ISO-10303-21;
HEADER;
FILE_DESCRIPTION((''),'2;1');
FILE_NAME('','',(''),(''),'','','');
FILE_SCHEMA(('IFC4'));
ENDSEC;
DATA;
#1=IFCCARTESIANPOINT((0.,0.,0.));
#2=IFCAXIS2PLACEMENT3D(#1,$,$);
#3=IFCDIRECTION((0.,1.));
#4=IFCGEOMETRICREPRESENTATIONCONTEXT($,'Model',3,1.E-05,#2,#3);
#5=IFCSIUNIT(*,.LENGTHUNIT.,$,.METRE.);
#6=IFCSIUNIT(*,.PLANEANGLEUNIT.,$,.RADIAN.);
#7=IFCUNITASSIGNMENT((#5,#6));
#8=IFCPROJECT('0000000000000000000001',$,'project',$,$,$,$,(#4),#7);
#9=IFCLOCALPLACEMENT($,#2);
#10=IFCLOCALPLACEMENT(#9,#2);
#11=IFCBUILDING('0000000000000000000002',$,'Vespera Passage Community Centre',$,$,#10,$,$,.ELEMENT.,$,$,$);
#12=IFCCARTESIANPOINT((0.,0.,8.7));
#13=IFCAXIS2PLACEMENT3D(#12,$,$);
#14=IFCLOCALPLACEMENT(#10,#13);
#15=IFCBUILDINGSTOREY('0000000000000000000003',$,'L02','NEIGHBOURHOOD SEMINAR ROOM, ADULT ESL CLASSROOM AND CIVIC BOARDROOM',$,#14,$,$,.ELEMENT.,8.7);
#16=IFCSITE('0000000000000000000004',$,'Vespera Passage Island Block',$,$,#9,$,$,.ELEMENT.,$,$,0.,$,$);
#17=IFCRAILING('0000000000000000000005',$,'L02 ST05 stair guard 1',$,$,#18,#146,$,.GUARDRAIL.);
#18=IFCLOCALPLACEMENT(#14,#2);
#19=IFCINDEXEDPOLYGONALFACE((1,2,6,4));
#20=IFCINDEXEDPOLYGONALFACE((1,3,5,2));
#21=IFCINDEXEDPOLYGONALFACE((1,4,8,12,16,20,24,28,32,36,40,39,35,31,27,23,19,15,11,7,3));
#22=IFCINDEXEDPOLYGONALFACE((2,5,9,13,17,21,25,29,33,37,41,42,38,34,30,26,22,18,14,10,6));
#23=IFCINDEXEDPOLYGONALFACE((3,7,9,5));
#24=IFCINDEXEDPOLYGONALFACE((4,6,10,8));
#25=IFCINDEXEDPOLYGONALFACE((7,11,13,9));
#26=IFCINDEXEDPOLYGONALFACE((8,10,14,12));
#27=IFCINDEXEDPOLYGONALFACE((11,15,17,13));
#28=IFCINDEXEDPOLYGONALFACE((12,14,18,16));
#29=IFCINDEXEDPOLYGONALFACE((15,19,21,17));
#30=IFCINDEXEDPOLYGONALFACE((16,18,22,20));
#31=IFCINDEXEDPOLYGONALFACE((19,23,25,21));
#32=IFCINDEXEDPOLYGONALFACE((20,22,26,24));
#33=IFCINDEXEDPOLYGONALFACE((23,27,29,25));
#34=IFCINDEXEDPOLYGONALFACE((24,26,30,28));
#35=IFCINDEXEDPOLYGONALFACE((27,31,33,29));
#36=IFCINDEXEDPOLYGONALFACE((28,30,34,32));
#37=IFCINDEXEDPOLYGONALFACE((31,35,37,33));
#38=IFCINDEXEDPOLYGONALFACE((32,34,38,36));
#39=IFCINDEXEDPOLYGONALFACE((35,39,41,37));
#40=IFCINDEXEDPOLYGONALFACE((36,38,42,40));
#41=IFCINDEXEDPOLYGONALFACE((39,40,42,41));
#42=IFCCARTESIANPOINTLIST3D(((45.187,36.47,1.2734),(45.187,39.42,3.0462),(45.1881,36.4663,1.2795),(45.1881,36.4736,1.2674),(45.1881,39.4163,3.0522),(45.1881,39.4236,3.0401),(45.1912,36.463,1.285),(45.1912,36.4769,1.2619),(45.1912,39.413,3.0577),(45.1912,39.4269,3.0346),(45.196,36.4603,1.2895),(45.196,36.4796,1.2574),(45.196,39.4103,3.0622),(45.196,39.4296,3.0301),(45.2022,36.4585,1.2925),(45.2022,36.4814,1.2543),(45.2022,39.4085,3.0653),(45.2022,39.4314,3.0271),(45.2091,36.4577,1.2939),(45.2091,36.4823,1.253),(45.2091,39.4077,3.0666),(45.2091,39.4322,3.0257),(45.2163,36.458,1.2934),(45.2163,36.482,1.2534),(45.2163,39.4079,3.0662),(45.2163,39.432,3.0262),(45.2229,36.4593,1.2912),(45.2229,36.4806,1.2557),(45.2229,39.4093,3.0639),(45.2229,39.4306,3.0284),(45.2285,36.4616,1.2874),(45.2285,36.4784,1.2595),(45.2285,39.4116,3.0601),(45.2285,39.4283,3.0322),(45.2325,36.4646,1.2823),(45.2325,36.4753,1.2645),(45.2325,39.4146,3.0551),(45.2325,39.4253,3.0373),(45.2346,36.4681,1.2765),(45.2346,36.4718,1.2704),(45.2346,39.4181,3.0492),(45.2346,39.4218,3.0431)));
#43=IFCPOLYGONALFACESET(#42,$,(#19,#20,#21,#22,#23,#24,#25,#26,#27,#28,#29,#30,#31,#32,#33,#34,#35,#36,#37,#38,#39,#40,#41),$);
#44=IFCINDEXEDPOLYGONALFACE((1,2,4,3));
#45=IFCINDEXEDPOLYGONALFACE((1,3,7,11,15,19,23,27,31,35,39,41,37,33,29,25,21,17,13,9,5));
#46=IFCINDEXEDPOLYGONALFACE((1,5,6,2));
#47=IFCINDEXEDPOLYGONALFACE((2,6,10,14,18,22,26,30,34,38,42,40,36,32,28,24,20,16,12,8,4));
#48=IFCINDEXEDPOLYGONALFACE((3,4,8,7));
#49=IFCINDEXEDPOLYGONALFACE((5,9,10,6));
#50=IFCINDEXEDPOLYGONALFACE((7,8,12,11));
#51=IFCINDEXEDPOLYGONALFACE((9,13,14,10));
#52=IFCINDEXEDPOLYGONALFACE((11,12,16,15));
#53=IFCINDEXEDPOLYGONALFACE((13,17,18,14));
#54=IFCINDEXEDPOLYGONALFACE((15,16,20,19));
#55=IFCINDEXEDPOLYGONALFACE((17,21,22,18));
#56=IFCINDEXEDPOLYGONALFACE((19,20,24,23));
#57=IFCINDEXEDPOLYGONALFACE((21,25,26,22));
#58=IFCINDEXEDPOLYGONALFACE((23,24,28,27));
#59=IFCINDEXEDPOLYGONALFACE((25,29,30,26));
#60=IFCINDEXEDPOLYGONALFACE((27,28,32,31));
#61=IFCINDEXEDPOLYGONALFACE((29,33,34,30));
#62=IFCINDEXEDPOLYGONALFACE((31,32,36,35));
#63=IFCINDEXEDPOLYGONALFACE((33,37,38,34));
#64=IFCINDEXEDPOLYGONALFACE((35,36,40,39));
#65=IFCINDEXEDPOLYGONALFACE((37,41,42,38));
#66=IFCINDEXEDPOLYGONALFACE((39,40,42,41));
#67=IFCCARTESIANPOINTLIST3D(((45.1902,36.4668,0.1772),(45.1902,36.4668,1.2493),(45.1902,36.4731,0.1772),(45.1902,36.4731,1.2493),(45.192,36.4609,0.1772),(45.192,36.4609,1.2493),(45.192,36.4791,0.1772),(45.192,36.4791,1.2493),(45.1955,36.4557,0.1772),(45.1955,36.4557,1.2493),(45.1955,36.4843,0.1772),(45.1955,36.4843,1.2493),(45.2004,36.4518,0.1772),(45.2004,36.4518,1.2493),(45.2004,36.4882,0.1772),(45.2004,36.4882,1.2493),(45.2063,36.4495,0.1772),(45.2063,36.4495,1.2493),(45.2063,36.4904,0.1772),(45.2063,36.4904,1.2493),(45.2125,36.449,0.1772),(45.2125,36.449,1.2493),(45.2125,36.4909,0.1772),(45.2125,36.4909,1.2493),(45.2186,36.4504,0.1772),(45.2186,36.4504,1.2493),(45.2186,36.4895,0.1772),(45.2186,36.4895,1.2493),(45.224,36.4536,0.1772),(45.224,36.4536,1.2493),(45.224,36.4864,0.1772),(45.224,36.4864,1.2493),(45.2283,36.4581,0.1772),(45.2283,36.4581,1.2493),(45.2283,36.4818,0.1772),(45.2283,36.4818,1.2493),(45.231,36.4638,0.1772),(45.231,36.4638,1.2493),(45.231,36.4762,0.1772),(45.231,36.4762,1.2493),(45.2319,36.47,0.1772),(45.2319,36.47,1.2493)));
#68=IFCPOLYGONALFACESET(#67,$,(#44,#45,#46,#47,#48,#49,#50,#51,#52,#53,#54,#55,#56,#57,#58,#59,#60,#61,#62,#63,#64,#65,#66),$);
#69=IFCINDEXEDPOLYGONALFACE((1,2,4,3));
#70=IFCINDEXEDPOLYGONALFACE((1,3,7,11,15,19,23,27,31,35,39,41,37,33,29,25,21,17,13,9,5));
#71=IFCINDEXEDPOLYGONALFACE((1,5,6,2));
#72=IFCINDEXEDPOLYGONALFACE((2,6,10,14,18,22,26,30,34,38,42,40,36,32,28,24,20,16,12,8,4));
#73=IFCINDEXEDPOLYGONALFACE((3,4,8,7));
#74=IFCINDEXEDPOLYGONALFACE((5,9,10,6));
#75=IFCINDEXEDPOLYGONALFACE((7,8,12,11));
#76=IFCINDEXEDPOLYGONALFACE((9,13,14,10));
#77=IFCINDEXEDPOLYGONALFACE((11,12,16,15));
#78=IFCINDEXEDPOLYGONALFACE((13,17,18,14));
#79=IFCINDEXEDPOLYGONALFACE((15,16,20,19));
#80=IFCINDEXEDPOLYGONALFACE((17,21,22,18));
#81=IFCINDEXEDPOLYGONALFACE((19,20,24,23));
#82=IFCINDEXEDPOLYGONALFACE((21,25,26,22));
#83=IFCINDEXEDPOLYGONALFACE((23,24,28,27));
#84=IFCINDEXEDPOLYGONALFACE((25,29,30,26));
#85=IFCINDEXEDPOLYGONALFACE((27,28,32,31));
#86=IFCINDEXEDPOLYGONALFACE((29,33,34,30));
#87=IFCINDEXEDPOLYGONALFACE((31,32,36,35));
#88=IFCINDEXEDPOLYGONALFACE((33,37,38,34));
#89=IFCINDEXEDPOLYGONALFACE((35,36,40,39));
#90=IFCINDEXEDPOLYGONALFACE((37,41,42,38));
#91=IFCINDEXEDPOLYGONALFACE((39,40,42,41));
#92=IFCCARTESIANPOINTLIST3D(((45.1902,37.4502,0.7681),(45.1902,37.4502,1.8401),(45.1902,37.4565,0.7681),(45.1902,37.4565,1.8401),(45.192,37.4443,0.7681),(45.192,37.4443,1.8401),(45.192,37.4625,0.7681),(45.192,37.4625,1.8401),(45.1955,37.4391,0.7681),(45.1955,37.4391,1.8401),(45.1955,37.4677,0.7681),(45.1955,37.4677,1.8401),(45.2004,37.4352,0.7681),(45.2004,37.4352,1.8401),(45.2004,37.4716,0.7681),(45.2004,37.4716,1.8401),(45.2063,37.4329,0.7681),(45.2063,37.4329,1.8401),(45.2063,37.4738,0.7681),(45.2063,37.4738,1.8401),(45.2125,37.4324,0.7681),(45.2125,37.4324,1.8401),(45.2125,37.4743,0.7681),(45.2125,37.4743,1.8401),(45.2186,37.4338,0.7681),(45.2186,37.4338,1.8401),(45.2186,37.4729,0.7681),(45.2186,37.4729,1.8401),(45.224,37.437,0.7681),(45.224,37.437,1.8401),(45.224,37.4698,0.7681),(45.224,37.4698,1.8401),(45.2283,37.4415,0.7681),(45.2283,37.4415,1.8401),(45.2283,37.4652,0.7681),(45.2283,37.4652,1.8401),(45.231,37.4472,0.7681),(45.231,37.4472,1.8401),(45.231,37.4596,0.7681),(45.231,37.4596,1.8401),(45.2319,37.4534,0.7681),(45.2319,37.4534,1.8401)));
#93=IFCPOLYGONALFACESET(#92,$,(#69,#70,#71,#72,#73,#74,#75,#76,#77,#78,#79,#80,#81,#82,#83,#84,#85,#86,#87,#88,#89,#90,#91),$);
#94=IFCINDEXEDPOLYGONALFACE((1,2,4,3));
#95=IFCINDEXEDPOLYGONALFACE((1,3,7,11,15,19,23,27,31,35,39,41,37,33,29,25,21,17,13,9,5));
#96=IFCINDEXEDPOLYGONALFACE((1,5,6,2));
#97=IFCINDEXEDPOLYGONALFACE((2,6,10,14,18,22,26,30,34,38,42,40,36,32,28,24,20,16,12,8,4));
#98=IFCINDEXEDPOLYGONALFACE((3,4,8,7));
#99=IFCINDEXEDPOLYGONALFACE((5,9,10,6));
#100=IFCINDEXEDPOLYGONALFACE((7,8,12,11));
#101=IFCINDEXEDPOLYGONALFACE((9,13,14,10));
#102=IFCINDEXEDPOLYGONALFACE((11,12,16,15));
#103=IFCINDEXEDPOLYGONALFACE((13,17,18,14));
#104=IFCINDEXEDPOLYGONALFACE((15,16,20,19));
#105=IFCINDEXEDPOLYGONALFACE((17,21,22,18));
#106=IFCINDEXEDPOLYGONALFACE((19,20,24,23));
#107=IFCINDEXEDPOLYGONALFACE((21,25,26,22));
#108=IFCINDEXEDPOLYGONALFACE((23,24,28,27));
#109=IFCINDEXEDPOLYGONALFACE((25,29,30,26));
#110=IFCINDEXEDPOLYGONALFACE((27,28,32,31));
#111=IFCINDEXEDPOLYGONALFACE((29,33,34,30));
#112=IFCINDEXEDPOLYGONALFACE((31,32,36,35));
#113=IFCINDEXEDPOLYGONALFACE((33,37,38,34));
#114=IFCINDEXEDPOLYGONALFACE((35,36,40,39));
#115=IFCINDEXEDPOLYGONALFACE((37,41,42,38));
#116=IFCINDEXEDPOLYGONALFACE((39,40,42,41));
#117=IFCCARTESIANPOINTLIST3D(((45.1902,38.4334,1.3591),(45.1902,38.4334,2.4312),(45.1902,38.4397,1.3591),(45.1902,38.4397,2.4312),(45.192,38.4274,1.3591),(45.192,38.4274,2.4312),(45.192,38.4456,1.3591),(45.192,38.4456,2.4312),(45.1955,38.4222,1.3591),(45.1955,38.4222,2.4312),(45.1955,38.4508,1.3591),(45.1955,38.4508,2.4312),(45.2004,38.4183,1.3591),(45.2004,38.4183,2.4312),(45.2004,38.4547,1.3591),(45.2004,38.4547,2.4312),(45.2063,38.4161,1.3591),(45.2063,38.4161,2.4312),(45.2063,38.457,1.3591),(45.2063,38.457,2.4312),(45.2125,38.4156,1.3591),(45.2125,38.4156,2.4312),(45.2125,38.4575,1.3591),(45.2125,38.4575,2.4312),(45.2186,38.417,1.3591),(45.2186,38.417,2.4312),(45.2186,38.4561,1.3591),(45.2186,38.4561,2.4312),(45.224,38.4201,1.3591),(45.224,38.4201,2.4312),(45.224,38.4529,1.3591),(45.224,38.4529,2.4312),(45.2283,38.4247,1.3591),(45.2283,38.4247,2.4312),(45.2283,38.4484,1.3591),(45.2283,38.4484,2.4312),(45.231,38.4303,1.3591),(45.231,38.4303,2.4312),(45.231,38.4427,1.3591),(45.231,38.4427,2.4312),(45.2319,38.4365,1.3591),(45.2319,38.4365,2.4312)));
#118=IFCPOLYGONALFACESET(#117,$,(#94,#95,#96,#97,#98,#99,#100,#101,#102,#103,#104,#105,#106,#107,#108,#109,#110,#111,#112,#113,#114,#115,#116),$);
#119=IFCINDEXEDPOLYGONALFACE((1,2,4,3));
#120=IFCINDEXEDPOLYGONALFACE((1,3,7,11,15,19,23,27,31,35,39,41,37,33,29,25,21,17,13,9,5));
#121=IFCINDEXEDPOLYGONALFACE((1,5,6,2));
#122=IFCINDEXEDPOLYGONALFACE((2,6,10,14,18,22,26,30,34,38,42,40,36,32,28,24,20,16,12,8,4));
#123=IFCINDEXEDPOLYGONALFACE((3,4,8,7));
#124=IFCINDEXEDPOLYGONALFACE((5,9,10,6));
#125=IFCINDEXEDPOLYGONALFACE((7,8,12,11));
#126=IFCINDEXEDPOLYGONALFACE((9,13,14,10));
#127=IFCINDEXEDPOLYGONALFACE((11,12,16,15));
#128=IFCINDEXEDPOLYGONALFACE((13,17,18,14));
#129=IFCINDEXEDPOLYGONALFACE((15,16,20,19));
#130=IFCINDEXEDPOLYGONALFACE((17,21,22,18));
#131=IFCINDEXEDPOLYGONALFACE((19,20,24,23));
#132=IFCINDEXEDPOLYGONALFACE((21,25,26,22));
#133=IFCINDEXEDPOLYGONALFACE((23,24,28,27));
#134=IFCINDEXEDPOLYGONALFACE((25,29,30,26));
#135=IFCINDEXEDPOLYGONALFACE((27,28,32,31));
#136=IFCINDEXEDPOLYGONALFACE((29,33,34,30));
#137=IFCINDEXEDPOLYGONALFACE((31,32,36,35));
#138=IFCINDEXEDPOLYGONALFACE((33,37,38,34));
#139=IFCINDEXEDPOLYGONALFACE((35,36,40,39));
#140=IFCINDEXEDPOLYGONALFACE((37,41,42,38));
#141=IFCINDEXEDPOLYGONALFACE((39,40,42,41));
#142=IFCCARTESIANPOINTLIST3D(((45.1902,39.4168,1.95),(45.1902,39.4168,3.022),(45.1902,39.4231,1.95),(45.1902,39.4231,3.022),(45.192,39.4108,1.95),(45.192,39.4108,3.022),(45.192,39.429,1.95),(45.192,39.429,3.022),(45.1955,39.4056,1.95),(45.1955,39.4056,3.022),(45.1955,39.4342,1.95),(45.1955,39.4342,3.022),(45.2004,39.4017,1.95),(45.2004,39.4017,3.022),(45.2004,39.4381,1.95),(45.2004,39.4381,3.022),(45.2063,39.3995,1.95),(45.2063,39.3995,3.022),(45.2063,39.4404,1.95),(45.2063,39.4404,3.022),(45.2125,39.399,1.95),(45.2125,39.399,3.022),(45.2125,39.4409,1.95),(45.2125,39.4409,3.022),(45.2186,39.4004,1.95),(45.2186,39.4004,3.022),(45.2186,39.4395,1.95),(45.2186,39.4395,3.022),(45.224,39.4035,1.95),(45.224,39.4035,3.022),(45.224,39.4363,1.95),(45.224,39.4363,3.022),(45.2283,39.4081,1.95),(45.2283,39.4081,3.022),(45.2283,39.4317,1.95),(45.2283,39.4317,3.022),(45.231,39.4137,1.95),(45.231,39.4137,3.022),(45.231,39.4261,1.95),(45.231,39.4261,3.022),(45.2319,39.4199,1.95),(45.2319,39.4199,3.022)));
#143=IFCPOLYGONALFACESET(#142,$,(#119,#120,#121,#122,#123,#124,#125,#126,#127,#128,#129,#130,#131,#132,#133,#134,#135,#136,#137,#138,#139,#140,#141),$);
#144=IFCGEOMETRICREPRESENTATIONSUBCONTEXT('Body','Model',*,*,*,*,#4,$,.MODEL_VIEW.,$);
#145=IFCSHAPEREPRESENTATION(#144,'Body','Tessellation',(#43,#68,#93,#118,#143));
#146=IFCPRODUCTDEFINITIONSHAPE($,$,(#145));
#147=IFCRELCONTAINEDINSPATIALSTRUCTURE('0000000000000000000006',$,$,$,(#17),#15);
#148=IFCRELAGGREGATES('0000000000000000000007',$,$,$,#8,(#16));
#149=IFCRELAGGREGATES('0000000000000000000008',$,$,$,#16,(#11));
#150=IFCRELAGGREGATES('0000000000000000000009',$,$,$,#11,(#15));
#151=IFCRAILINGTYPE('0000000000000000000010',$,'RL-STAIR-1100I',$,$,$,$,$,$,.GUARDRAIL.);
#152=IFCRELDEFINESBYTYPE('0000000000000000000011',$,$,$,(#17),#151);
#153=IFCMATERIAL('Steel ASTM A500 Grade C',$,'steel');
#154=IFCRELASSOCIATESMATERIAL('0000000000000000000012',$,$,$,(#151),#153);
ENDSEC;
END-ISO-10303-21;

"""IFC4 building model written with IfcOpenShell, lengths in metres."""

from ifc_helpers import new_model, si_unit, direction, frame, origin, origin_2d, place, context, subcontext, project, spatial, circle, extrude, material, type_object, element, save


model = new_model("IFC4")

# Units and contexts
model_context = context("Model", 3, precision=1e-05, world=origin(), true_north=direction((0.0, 1.0)))
body_context = subcontext(model_context, "Body", "Model", "MODEL_VIEW")
ifc_project = project(units=[si_unit("LENGTHUNIT", "METRE"), si_unit("PLANEANGLEUNIT", "RADIAN")], contexts=[model_context])

# Site, building, storey
site_placement = place(None, origin())
site = spatial("IfcSite", under=ifc_project, at=site_placement, Name="Vespera Passage Island Block", CompositionType="ELEMENT", RefElevation=0.0)
building_placement = place(site_placement, origin())
building = spatial("IfcBuilding", under=site, at=building_placement, Name="Vespera Passage Community Centre", CompositionType="ELEMENT")
storey_placement = place(building_placement, frame((0.0, 0.0, 8.7)))
storey = spatial("IfcBuildingStorey", under=building, at=storey_placement, Name="L02", Description="NEIGHBOURHOOD SEMINAR ROOM, ADULT ESL CLASSROOM AND CIVIC BOARDROOM", CompositionType="ELEMENT", Elevation=8.7)

# Railing
ifc_material_1 = material(Name="Steel ASTM A500 Grade C", Category="steel")
railing_type_1 = type_object("IfcRailingType", Name="RL-STAIR-1100I", PredefinedType="GUARDRAIL", material=ifc_material_1)
railing_1_placement = place(storey_placement, frame((45.2109, 36.47, 0.1772)))
element("IfcRailing", 1, at=railing_1_placement, inside=storey, type_object=railing_type_1, Name="L02 ST05 stair guard 1", PredefinedType="GUARDRAIL", context=body_context, shape_type="SweptSolid", body=[
    extrude(circle(Radius=0.0239, at=origin_2d()), frame((0.0, 0.0, 1.0962), z_axis=(0.0, 0.857142, 0.51508), x_axis=(-1.0, 0.0, 0.0)), (0.0, 0.0, 1.0), 3.4417),
    extrude(circle(Radius=0.021, at=origin_2d()), origin(), (0.0, 0.0, 1.0), 1.072),
    extrude(circle(Radius=0.021, at=origin_2d()), frame((0.0, 0.9834, 0.5908)), (0.0, 0.0, 1.0), 1.072),
    extrude(circle(Radius=0.021, at=origin_2d()), frame((0.0, 1.9666, 1.1819)), (0.0, 0.0, 1.0), 1.072),
    extrude(circle(Radius=0.021, at=origin_2d()), frame((0.0, 2.95, 1.7727)), (0.0, 0.0, 1.0), 1.072),
])

save(model, "model.ifc")
